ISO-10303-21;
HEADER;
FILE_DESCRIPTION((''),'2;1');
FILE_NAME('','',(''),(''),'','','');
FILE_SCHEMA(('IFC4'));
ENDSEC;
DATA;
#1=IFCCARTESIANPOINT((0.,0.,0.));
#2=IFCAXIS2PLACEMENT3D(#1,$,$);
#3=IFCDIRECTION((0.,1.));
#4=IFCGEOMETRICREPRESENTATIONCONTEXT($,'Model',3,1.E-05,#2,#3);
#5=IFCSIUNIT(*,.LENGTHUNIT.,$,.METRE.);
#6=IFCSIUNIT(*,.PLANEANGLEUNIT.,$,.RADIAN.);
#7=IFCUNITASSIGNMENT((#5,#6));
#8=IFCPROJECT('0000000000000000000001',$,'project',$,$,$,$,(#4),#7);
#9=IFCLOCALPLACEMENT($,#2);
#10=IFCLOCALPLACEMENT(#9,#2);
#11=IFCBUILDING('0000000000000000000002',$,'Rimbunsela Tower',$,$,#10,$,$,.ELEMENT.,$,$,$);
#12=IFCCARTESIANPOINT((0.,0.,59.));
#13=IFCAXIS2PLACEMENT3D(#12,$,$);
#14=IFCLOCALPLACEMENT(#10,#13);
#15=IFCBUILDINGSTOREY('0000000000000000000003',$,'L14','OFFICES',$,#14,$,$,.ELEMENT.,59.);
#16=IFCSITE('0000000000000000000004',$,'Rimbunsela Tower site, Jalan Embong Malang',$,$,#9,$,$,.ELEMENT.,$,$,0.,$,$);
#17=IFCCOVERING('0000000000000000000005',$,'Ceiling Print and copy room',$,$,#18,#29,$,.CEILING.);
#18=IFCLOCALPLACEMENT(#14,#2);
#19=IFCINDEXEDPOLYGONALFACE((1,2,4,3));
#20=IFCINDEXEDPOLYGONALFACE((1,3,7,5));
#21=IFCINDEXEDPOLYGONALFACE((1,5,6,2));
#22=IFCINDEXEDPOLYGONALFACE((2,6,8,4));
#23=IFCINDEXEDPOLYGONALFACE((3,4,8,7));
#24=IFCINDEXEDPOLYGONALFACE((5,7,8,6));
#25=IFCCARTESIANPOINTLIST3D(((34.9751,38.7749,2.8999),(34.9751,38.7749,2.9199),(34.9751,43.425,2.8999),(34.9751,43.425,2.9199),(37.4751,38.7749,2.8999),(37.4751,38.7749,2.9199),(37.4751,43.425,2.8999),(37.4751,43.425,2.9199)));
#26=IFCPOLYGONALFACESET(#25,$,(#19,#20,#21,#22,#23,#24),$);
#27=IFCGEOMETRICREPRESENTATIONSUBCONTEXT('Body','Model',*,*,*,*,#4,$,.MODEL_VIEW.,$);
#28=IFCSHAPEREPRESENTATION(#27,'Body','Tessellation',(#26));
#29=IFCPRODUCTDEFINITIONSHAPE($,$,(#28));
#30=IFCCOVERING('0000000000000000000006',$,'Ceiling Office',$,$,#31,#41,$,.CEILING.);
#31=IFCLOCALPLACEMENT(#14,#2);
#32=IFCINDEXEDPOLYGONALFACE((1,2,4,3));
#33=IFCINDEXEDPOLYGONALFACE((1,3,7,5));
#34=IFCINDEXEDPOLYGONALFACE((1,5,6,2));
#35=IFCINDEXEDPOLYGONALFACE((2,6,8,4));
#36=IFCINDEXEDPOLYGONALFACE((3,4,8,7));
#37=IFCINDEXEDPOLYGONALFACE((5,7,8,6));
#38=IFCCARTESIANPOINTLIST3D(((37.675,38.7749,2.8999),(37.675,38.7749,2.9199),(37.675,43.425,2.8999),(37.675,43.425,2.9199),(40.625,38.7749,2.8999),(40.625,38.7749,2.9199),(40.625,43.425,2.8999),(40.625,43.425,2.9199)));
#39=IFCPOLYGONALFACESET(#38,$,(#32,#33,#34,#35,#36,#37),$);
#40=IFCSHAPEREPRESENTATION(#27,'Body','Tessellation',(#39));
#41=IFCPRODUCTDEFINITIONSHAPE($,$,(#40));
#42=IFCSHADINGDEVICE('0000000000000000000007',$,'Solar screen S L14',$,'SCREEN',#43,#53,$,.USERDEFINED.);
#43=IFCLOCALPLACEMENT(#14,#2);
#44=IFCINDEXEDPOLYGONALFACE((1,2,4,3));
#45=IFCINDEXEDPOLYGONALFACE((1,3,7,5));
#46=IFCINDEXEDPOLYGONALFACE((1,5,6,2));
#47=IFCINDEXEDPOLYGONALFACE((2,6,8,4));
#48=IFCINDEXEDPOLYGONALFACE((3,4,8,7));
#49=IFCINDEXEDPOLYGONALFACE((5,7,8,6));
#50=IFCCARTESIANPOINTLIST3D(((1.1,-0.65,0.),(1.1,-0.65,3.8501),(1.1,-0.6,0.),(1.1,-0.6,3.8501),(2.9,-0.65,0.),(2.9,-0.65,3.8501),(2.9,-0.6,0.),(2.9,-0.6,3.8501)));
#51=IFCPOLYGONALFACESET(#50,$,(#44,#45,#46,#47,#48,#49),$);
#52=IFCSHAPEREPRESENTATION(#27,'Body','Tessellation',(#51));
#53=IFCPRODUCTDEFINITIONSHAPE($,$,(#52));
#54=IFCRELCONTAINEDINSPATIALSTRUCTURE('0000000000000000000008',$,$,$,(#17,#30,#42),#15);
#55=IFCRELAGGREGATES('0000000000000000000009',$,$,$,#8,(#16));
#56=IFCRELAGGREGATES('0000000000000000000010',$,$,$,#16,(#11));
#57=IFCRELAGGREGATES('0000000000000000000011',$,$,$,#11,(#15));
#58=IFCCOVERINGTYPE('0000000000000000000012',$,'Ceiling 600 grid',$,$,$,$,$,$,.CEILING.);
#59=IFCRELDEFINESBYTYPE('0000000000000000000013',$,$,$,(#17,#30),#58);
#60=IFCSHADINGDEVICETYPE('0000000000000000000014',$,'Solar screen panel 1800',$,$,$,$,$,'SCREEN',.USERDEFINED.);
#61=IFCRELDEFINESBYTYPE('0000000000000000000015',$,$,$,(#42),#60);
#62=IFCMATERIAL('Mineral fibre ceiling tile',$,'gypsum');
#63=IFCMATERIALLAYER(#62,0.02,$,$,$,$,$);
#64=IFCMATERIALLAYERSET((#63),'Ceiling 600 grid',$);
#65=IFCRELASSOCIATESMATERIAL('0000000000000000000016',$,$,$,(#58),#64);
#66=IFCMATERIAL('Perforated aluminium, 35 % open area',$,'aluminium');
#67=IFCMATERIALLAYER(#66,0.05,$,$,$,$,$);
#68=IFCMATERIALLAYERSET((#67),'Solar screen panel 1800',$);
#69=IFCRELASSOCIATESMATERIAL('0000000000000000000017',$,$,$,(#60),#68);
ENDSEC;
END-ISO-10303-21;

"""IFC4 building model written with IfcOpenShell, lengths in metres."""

from ifc_helpers import new_model, si_unit, direction, frame, origin, origin_2d, place, context, subcontext, project, spatial, polyline, rectangle, outline, extrude, material, layer, layer_set, type_object, element, save


model = new_model("IFC4")

# Units and contexts
model_context = context("Model", 3, precision=1e-05, world=origin(), true_north=direction((0.0, 1.0)))
body_context = subcontext(model_context, "Body", "Model", "MODEL_VIEW")
ifc_project = project(units=[si_unit("LENGTHUNIT", "METRE"), si_unit("PLANEANGLEUNIT", "RADIAN")], contexts=[model_context])

# Site, building, storey
site_placement = place(None, origin())
site = spatial("IfcSite", under=ifc_project, at=site_placement, Name="Rimbunsela Tower site, Jalan Embong Malang", CompositionType="ELEMENT", RefElevation=0.0)
building_placement = place(site_placement, origin())
building = spatial("IfcBuilding", under=site, at=building_placement, Name="Rimbunsela Tower", CompositionType="ELEMENT")
storey_placement = place(building_placement, frame((0.0, 0.0, 59.0)))
storey = spatial("IfcBuildingStorey", under=building, at=storey_placement, Name="L14", Description="OFFICES", CompositionType="ELEMENT", Elevation=59.0)

# Coverings
ifc_material_1 = material(Name="Mineral fibre ceiling tile", Category="gypsum")
ifc_layer_1 = layer(ifc_material_1, 0.02)
ifc_layer_set_1 = layer_set([ifc_layer_1], Name="Ceiling 600 grid")
covering_type_1 = type_object("IfcCoveringType", Name="Ceiling 600 grid", PredefinedType="CEILING", material=ifc_layer_set_1)
covering_1_placement = place(storey_placement, frame((0.0, 0.0, 2.8999)))
element("IfcCovering", 1, at=covering_1_placement, inside=storey, type_object=covering_type_1, Name="Ceiling Print and copy room", PredefinedType="CEILING", context=body_context, shape_type="SweptSolid", body=[
    extrude(outline(polyline([(37.4751, 38.7749), (37.4751, 43.425), (34.9751, 43.425), (34.9751, 38.7749), (37.4751, 38.7749)])), origin(), (0.0, 0.0, 1.0), 0.02),
])
covering_2_placement = place(storey_placement, frame((0.0, 0.0, 2.8999)))
element("IfcCovering", 2, at=covering_2_placement, inside=storey, type_object=covering_type_1, Name="Ceiling Office", PredefinedType="CEILING", context=body_context, shape_type="SweptSolid", body=[
    extrude(outline(polyline([(40.625, 38.7749), (40.625, 43.425), (37.675, 43.425), (37.675, 38.7749), (40.625, 38.7749)])), origin(), (0.0, 0.0, 1.0), 0.02),
])

# Shading device
ifc_material_2 = material(Name="Perforated aluminium, 35 % open area", Category="aluminium")
ifc_layer_2 = layer(ifc_material_2, 0.05)
ifc_layer_set_2 = layer_set([ifc_layer_2], Name="Solar screen panel 1800")
shading_device_type = type_object("IfcShadingDeviceType", Name="Solar screen panel 1800", ElementType="SCREEN", PredefinedType="USERDEFINED", material=ifc_layer_set_2)
shading_device_placement = place(storey_placement, frame((2.0, -0.625, 0.0), z_axis=(0.0, 0.0, 1.0), x_axis=(1.0, 0.0, 0.0)))
element("IfcShadingDevice", 3, at=shading_device_placement, inside=storey, type_object=shading_device_type, Name="Solar screen S L14", ObjectType="SCREEN", PredefinedType="USERDEFINED", context=body_context, shape_type="SweptSolid", body=[
    extrude(rectangle(XDim=1.8, YDim=0.05, at=origin_2d()), origin(), (0.0, 0.0, 1.0), 3.8501),
])

save(model, "model.ifc")
